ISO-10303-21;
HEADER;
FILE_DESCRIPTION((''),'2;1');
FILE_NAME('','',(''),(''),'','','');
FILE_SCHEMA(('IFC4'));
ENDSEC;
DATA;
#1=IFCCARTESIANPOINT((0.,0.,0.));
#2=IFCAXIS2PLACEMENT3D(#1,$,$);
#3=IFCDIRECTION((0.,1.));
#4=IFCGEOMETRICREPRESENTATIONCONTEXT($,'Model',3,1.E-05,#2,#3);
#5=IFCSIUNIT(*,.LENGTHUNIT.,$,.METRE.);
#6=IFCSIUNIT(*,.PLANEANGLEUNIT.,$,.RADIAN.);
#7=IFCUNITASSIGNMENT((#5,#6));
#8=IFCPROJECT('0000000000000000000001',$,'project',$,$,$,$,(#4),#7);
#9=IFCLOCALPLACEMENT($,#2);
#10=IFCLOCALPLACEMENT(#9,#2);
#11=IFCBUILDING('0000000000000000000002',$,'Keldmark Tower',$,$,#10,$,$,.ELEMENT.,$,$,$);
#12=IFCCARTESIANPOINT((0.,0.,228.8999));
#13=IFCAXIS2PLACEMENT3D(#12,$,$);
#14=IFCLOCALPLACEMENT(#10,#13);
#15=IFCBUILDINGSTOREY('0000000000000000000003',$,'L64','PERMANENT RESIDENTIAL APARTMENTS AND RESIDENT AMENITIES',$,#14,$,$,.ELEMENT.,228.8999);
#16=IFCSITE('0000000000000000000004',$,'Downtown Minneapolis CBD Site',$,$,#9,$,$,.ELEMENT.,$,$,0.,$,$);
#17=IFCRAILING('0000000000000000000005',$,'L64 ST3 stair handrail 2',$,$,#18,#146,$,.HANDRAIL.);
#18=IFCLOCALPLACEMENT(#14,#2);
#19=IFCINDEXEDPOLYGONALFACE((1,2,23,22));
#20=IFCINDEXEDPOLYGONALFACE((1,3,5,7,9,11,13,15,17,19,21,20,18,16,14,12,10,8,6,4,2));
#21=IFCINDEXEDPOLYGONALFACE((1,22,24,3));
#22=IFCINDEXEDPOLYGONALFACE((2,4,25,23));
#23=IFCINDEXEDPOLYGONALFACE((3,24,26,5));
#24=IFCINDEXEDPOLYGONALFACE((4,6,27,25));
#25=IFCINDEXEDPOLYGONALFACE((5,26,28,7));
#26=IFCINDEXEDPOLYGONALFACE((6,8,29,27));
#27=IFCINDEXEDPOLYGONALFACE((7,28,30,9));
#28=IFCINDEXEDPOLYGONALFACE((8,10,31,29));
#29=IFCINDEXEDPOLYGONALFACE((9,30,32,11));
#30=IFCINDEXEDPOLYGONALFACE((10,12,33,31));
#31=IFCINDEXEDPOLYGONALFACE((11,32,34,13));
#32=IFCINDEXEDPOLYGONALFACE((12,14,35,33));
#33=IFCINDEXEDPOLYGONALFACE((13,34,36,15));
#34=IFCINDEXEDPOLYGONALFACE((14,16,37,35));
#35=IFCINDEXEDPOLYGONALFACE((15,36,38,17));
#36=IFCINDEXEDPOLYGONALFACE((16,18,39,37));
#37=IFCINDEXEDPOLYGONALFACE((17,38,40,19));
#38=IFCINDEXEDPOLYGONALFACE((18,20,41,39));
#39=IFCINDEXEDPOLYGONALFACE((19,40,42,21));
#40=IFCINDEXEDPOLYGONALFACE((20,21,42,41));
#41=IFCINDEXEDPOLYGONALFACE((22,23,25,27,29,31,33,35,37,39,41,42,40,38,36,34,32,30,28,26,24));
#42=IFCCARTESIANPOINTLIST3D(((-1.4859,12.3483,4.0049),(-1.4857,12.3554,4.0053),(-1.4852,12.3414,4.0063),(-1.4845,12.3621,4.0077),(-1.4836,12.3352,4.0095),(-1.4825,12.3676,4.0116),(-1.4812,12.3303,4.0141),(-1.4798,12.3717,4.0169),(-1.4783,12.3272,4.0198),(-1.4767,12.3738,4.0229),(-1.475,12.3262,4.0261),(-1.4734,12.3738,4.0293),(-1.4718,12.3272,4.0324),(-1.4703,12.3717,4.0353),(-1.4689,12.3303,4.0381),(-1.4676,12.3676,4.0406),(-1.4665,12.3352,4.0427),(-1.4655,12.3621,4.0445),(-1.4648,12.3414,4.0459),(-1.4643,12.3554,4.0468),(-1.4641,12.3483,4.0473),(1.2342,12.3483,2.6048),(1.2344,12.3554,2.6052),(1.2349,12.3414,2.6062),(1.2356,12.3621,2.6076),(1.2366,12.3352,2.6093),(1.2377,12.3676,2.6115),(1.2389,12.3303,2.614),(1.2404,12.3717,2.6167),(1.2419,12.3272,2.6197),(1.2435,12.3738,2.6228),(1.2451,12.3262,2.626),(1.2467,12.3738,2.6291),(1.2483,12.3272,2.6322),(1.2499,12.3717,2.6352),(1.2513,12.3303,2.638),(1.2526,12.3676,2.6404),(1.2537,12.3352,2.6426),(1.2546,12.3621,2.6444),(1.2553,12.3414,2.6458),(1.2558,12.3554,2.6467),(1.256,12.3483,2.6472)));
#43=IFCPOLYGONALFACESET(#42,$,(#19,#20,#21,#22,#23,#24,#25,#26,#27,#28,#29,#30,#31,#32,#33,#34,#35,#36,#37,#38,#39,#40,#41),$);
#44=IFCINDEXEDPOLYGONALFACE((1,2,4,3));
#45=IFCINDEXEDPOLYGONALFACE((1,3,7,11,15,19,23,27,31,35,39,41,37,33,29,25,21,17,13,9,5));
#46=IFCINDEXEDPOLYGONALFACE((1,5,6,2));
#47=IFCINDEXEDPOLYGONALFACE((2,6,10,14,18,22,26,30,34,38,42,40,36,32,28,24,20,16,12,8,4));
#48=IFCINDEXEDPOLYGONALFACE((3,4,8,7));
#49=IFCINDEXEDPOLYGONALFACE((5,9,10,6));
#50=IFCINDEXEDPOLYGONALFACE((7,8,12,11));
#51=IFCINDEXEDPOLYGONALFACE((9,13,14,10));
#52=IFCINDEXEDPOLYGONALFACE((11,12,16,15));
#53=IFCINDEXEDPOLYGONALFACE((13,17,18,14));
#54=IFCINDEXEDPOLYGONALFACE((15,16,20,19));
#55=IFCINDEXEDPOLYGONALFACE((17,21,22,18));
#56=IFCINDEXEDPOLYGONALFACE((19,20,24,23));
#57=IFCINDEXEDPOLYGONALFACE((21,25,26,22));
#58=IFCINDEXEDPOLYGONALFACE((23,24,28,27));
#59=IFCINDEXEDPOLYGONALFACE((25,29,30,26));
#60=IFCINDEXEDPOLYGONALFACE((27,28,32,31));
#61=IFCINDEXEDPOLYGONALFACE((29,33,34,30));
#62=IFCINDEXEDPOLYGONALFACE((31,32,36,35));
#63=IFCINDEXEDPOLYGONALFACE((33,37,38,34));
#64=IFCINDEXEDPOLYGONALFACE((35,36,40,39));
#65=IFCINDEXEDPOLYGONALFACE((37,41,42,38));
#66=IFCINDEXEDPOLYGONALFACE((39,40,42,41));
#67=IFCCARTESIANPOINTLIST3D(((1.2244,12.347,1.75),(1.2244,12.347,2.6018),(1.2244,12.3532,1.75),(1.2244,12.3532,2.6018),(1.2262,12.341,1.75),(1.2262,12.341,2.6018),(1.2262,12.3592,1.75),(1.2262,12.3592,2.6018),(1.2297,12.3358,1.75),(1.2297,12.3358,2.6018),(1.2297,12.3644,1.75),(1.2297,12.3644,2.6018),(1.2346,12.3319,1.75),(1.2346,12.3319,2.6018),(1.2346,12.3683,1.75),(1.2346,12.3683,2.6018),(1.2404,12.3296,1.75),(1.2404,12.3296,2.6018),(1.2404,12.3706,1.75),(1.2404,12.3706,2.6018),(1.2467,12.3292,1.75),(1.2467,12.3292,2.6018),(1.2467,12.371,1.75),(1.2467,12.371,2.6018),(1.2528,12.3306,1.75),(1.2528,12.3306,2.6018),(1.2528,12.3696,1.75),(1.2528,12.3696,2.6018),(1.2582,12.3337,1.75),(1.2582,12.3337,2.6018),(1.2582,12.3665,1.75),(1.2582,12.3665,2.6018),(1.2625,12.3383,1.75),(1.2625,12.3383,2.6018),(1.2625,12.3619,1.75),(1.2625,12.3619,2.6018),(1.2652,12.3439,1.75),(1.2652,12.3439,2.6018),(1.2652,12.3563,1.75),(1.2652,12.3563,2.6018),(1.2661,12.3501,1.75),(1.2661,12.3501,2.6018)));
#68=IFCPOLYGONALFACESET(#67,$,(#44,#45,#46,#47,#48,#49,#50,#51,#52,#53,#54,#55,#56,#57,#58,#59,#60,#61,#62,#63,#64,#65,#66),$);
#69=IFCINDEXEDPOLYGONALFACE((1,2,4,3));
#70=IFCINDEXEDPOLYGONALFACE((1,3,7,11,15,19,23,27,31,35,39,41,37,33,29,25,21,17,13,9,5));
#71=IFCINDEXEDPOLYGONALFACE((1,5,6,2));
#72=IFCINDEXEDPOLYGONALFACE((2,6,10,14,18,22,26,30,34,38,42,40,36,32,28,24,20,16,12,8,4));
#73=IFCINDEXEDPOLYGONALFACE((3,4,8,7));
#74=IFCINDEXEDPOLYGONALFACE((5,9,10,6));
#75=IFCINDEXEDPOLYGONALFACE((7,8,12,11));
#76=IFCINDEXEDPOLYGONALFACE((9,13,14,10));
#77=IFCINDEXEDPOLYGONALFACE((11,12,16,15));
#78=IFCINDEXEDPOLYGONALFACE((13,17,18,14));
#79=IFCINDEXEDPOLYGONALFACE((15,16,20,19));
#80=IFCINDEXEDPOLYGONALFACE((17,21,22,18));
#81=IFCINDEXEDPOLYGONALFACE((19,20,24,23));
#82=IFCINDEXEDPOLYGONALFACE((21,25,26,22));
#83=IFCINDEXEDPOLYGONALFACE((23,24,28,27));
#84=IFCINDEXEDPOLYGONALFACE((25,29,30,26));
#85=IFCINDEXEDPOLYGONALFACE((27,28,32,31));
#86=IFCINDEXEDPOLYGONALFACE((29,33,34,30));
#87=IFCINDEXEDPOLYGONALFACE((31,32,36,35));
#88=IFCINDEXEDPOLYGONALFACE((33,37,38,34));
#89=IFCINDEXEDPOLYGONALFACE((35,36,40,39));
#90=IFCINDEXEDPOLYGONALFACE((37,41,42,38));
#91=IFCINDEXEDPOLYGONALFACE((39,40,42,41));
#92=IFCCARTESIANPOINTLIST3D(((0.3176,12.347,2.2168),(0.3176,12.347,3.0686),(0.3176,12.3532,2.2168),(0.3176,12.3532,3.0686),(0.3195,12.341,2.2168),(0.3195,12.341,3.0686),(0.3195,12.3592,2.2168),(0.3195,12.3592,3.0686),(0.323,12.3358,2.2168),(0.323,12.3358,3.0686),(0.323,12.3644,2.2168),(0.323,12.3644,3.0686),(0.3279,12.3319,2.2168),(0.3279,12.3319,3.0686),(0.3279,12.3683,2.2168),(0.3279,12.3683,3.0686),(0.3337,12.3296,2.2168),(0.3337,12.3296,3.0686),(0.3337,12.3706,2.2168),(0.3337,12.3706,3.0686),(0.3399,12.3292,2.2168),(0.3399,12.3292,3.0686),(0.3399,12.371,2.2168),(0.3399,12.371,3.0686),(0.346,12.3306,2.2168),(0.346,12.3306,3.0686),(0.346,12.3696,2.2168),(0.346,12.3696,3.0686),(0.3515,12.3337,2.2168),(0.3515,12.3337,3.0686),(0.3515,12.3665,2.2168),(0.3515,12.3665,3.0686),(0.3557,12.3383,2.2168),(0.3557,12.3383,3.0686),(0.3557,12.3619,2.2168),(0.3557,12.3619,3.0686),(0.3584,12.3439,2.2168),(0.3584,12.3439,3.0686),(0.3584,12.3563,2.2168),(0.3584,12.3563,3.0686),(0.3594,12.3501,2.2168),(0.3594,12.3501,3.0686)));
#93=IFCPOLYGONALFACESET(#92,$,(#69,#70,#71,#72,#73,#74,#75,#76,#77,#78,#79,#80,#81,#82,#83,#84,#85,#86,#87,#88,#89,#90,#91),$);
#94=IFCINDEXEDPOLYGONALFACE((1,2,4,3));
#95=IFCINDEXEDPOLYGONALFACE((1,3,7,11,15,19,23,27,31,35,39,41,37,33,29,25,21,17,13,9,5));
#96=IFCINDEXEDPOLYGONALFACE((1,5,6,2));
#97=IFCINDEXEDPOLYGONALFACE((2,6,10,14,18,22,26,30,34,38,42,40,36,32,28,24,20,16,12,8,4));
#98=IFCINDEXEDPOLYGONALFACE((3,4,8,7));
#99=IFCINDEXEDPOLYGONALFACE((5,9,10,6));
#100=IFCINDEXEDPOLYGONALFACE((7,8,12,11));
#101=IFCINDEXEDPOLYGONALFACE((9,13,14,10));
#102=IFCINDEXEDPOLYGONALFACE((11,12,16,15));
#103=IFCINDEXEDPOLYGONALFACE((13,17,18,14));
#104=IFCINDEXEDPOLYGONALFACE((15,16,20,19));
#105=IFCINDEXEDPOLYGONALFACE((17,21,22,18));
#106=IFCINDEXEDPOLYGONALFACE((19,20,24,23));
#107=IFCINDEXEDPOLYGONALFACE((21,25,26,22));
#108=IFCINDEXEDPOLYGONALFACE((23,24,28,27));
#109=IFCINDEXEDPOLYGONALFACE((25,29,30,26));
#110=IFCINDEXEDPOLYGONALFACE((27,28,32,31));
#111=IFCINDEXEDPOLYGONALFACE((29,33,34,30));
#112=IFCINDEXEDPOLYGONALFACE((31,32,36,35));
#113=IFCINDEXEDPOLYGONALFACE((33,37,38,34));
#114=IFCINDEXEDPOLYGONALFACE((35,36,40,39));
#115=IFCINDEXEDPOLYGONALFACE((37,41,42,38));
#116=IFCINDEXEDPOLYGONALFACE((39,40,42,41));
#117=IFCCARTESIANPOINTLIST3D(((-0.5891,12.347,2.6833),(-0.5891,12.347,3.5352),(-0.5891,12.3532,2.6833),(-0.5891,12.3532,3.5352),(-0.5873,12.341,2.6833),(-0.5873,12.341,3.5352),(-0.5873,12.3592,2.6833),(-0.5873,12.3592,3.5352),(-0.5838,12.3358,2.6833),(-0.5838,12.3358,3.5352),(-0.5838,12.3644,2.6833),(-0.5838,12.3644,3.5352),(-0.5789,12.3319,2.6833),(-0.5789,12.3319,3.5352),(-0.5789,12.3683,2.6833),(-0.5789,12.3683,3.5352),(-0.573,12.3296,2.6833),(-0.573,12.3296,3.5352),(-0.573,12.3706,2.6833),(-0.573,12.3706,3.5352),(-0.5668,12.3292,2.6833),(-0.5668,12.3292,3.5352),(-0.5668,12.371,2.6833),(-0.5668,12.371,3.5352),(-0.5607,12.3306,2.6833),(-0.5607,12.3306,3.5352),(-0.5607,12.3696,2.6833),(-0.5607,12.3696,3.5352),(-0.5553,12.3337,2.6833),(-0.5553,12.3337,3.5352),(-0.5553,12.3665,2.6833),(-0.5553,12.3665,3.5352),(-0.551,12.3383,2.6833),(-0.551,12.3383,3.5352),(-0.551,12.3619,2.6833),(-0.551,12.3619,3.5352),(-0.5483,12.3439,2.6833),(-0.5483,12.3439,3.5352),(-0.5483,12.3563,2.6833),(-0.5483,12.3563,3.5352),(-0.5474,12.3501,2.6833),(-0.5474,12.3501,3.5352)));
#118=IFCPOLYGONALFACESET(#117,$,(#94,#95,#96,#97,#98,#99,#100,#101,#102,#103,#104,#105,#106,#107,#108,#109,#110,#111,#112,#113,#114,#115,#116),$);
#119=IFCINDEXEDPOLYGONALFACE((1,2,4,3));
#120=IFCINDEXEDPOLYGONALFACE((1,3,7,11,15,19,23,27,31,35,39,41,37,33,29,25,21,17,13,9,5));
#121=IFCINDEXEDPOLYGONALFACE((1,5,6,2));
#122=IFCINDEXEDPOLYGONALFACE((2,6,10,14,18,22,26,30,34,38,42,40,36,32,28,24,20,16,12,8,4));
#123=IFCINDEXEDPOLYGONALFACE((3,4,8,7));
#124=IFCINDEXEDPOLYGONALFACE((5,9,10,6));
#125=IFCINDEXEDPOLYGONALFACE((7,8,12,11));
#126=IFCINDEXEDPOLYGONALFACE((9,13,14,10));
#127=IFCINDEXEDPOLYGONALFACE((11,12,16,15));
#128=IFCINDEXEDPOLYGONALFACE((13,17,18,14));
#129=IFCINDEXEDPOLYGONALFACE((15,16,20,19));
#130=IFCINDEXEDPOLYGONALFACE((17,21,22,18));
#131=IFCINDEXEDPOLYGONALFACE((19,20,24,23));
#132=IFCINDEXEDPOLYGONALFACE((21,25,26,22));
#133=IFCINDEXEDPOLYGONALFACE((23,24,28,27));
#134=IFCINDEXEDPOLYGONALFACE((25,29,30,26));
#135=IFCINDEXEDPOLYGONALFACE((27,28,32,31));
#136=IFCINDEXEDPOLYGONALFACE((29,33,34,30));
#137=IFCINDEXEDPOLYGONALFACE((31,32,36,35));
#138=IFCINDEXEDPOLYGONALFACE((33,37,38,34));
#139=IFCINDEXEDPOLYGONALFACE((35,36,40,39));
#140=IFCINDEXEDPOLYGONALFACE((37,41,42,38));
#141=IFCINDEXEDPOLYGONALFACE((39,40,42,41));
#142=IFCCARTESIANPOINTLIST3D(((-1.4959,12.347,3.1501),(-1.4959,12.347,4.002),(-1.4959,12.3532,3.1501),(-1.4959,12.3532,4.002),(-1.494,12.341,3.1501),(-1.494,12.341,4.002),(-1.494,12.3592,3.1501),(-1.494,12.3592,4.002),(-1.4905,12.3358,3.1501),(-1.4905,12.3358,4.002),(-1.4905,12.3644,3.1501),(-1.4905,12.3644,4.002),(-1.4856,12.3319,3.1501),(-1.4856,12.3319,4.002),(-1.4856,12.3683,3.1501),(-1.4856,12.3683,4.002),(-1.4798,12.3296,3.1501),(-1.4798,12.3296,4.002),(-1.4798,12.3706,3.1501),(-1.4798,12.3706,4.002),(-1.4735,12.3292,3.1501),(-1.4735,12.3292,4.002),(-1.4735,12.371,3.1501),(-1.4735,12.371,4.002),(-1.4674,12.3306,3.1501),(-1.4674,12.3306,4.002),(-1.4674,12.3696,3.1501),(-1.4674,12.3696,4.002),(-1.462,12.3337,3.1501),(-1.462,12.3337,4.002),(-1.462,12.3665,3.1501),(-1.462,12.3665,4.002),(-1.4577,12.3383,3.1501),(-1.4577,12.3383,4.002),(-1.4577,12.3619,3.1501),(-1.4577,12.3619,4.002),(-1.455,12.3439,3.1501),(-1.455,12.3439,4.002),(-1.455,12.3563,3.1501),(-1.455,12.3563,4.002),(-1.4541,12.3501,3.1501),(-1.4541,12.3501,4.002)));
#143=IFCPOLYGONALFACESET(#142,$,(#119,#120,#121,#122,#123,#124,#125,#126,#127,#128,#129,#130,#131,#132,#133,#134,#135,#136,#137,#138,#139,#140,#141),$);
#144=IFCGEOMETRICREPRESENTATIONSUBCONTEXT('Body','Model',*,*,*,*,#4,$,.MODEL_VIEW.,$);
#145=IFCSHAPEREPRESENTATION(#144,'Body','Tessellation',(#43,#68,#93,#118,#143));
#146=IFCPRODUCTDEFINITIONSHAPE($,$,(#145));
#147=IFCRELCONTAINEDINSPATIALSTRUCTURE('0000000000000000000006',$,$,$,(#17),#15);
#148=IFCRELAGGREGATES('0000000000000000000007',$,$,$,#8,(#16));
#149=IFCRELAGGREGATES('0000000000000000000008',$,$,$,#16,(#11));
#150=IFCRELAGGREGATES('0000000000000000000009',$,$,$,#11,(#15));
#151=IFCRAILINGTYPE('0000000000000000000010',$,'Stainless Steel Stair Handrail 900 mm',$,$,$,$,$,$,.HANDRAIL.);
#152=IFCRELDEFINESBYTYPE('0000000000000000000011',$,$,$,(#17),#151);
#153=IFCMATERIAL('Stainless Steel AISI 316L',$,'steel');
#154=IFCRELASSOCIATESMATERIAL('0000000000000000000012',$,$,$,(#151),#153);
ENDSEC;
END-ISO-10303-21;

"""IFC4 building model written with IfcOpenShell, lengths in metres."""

from ifc_helpers import new_model, si_unit, direction, frame, origin, origin_2d, place, context, subcontext, project, spatial, circle, extrude, material, type_object, element, save


model = new_model("IFC4")

# Units and contexts
model_context = context("Model", 3, precision=1e-05, world=origin(), true_north=direction((0.0, 1.0)))
body_context = subcontext(model_context, "Body", "Model", "MODEL_VIEW")
ifc_project = project(units=[si_unit("LENGTHUNIT", "METRE"), si_unit("PLANEANGLEUNIT", "RADIAN")], contexts=[model_context])

# Site, building, storey
site_placement = place(None, origin())
site = spatial("IfcSite", under=ifc_project, at=site_placement, Name="Downtown Minneapolis CBD Site", CompositionType="ELEMENT", RefElevation=0.0)
building_placement = place(site_placement, origin())
building = spatial("IfcBuilding", under=site, at=building_placement, Name="Keldmark Tower", CompositionType="ELEMENT")
storey_placement = place(building_placement, frame((0.0, 0.0, 228.8999)))
storey = spatial("IfcBuildingStorey", under=building, at=storey_placement, Name="L64", Description="PERMANENT RESIDENTIAL APARTMENTS AND RESIDENT AMENITIES", CompositionType="ELEMENT", Elevation=228.8999)

# Railing
ifc_material_1 = material(Name="Stainless Steel AISI 316L", Category="steel")
railing_type_1 = type_object("IfcRailingType", Name="Stainless Steel Stair Handrail 900 mm", PredefinedType="HANDRAIL", material=ifc_material_1)
railing_1_placement = place(storey_placement, frame((1.2451, 12.3501, 1.75)))
element("IfcRailing", 1, at=railing_1_placement, inside=storey, type_object=railing_type_1, Name="L64 ST3 stair handrail 2", PredefinedType="HANDRAIL", context=body_context, shape_type="SweptSolid", body=[
    extrude(circle(Radius=0.0239, at=origin_2d()), frame((0.0, 0.0, 0.876), z_axis=(-0.889131, 0.0, 0.457653), x_axis=(0.0, -1.0, 0.0)), (0.0, 0.0, 1.0), 3.0593),
    extrude(circle(Radius=0.021, at=origin_2d()), origin(), (0.0, 0.0, 1.0), 0.8518),
    extrude(circle(Radius=0.021, at=origin_2d()), frame((-0.9067, 0.0, 0.4668)), (0.0, 0.0, 1.0), 0.8518),
    extrude(circle(Radius=0.021, at=origin_2d()), frame((-1.8135, 0.0, 0.9333)), (0.0, 0.0, 1.0), 0.8518),
    extrude(circle(Radius=0.021, at=origin_2d()), frame((-2.7202, 0.0, 1.4001)), (0.0, 0.0, 1.0), 0.8518),
])

save(model, "model.ifc")
